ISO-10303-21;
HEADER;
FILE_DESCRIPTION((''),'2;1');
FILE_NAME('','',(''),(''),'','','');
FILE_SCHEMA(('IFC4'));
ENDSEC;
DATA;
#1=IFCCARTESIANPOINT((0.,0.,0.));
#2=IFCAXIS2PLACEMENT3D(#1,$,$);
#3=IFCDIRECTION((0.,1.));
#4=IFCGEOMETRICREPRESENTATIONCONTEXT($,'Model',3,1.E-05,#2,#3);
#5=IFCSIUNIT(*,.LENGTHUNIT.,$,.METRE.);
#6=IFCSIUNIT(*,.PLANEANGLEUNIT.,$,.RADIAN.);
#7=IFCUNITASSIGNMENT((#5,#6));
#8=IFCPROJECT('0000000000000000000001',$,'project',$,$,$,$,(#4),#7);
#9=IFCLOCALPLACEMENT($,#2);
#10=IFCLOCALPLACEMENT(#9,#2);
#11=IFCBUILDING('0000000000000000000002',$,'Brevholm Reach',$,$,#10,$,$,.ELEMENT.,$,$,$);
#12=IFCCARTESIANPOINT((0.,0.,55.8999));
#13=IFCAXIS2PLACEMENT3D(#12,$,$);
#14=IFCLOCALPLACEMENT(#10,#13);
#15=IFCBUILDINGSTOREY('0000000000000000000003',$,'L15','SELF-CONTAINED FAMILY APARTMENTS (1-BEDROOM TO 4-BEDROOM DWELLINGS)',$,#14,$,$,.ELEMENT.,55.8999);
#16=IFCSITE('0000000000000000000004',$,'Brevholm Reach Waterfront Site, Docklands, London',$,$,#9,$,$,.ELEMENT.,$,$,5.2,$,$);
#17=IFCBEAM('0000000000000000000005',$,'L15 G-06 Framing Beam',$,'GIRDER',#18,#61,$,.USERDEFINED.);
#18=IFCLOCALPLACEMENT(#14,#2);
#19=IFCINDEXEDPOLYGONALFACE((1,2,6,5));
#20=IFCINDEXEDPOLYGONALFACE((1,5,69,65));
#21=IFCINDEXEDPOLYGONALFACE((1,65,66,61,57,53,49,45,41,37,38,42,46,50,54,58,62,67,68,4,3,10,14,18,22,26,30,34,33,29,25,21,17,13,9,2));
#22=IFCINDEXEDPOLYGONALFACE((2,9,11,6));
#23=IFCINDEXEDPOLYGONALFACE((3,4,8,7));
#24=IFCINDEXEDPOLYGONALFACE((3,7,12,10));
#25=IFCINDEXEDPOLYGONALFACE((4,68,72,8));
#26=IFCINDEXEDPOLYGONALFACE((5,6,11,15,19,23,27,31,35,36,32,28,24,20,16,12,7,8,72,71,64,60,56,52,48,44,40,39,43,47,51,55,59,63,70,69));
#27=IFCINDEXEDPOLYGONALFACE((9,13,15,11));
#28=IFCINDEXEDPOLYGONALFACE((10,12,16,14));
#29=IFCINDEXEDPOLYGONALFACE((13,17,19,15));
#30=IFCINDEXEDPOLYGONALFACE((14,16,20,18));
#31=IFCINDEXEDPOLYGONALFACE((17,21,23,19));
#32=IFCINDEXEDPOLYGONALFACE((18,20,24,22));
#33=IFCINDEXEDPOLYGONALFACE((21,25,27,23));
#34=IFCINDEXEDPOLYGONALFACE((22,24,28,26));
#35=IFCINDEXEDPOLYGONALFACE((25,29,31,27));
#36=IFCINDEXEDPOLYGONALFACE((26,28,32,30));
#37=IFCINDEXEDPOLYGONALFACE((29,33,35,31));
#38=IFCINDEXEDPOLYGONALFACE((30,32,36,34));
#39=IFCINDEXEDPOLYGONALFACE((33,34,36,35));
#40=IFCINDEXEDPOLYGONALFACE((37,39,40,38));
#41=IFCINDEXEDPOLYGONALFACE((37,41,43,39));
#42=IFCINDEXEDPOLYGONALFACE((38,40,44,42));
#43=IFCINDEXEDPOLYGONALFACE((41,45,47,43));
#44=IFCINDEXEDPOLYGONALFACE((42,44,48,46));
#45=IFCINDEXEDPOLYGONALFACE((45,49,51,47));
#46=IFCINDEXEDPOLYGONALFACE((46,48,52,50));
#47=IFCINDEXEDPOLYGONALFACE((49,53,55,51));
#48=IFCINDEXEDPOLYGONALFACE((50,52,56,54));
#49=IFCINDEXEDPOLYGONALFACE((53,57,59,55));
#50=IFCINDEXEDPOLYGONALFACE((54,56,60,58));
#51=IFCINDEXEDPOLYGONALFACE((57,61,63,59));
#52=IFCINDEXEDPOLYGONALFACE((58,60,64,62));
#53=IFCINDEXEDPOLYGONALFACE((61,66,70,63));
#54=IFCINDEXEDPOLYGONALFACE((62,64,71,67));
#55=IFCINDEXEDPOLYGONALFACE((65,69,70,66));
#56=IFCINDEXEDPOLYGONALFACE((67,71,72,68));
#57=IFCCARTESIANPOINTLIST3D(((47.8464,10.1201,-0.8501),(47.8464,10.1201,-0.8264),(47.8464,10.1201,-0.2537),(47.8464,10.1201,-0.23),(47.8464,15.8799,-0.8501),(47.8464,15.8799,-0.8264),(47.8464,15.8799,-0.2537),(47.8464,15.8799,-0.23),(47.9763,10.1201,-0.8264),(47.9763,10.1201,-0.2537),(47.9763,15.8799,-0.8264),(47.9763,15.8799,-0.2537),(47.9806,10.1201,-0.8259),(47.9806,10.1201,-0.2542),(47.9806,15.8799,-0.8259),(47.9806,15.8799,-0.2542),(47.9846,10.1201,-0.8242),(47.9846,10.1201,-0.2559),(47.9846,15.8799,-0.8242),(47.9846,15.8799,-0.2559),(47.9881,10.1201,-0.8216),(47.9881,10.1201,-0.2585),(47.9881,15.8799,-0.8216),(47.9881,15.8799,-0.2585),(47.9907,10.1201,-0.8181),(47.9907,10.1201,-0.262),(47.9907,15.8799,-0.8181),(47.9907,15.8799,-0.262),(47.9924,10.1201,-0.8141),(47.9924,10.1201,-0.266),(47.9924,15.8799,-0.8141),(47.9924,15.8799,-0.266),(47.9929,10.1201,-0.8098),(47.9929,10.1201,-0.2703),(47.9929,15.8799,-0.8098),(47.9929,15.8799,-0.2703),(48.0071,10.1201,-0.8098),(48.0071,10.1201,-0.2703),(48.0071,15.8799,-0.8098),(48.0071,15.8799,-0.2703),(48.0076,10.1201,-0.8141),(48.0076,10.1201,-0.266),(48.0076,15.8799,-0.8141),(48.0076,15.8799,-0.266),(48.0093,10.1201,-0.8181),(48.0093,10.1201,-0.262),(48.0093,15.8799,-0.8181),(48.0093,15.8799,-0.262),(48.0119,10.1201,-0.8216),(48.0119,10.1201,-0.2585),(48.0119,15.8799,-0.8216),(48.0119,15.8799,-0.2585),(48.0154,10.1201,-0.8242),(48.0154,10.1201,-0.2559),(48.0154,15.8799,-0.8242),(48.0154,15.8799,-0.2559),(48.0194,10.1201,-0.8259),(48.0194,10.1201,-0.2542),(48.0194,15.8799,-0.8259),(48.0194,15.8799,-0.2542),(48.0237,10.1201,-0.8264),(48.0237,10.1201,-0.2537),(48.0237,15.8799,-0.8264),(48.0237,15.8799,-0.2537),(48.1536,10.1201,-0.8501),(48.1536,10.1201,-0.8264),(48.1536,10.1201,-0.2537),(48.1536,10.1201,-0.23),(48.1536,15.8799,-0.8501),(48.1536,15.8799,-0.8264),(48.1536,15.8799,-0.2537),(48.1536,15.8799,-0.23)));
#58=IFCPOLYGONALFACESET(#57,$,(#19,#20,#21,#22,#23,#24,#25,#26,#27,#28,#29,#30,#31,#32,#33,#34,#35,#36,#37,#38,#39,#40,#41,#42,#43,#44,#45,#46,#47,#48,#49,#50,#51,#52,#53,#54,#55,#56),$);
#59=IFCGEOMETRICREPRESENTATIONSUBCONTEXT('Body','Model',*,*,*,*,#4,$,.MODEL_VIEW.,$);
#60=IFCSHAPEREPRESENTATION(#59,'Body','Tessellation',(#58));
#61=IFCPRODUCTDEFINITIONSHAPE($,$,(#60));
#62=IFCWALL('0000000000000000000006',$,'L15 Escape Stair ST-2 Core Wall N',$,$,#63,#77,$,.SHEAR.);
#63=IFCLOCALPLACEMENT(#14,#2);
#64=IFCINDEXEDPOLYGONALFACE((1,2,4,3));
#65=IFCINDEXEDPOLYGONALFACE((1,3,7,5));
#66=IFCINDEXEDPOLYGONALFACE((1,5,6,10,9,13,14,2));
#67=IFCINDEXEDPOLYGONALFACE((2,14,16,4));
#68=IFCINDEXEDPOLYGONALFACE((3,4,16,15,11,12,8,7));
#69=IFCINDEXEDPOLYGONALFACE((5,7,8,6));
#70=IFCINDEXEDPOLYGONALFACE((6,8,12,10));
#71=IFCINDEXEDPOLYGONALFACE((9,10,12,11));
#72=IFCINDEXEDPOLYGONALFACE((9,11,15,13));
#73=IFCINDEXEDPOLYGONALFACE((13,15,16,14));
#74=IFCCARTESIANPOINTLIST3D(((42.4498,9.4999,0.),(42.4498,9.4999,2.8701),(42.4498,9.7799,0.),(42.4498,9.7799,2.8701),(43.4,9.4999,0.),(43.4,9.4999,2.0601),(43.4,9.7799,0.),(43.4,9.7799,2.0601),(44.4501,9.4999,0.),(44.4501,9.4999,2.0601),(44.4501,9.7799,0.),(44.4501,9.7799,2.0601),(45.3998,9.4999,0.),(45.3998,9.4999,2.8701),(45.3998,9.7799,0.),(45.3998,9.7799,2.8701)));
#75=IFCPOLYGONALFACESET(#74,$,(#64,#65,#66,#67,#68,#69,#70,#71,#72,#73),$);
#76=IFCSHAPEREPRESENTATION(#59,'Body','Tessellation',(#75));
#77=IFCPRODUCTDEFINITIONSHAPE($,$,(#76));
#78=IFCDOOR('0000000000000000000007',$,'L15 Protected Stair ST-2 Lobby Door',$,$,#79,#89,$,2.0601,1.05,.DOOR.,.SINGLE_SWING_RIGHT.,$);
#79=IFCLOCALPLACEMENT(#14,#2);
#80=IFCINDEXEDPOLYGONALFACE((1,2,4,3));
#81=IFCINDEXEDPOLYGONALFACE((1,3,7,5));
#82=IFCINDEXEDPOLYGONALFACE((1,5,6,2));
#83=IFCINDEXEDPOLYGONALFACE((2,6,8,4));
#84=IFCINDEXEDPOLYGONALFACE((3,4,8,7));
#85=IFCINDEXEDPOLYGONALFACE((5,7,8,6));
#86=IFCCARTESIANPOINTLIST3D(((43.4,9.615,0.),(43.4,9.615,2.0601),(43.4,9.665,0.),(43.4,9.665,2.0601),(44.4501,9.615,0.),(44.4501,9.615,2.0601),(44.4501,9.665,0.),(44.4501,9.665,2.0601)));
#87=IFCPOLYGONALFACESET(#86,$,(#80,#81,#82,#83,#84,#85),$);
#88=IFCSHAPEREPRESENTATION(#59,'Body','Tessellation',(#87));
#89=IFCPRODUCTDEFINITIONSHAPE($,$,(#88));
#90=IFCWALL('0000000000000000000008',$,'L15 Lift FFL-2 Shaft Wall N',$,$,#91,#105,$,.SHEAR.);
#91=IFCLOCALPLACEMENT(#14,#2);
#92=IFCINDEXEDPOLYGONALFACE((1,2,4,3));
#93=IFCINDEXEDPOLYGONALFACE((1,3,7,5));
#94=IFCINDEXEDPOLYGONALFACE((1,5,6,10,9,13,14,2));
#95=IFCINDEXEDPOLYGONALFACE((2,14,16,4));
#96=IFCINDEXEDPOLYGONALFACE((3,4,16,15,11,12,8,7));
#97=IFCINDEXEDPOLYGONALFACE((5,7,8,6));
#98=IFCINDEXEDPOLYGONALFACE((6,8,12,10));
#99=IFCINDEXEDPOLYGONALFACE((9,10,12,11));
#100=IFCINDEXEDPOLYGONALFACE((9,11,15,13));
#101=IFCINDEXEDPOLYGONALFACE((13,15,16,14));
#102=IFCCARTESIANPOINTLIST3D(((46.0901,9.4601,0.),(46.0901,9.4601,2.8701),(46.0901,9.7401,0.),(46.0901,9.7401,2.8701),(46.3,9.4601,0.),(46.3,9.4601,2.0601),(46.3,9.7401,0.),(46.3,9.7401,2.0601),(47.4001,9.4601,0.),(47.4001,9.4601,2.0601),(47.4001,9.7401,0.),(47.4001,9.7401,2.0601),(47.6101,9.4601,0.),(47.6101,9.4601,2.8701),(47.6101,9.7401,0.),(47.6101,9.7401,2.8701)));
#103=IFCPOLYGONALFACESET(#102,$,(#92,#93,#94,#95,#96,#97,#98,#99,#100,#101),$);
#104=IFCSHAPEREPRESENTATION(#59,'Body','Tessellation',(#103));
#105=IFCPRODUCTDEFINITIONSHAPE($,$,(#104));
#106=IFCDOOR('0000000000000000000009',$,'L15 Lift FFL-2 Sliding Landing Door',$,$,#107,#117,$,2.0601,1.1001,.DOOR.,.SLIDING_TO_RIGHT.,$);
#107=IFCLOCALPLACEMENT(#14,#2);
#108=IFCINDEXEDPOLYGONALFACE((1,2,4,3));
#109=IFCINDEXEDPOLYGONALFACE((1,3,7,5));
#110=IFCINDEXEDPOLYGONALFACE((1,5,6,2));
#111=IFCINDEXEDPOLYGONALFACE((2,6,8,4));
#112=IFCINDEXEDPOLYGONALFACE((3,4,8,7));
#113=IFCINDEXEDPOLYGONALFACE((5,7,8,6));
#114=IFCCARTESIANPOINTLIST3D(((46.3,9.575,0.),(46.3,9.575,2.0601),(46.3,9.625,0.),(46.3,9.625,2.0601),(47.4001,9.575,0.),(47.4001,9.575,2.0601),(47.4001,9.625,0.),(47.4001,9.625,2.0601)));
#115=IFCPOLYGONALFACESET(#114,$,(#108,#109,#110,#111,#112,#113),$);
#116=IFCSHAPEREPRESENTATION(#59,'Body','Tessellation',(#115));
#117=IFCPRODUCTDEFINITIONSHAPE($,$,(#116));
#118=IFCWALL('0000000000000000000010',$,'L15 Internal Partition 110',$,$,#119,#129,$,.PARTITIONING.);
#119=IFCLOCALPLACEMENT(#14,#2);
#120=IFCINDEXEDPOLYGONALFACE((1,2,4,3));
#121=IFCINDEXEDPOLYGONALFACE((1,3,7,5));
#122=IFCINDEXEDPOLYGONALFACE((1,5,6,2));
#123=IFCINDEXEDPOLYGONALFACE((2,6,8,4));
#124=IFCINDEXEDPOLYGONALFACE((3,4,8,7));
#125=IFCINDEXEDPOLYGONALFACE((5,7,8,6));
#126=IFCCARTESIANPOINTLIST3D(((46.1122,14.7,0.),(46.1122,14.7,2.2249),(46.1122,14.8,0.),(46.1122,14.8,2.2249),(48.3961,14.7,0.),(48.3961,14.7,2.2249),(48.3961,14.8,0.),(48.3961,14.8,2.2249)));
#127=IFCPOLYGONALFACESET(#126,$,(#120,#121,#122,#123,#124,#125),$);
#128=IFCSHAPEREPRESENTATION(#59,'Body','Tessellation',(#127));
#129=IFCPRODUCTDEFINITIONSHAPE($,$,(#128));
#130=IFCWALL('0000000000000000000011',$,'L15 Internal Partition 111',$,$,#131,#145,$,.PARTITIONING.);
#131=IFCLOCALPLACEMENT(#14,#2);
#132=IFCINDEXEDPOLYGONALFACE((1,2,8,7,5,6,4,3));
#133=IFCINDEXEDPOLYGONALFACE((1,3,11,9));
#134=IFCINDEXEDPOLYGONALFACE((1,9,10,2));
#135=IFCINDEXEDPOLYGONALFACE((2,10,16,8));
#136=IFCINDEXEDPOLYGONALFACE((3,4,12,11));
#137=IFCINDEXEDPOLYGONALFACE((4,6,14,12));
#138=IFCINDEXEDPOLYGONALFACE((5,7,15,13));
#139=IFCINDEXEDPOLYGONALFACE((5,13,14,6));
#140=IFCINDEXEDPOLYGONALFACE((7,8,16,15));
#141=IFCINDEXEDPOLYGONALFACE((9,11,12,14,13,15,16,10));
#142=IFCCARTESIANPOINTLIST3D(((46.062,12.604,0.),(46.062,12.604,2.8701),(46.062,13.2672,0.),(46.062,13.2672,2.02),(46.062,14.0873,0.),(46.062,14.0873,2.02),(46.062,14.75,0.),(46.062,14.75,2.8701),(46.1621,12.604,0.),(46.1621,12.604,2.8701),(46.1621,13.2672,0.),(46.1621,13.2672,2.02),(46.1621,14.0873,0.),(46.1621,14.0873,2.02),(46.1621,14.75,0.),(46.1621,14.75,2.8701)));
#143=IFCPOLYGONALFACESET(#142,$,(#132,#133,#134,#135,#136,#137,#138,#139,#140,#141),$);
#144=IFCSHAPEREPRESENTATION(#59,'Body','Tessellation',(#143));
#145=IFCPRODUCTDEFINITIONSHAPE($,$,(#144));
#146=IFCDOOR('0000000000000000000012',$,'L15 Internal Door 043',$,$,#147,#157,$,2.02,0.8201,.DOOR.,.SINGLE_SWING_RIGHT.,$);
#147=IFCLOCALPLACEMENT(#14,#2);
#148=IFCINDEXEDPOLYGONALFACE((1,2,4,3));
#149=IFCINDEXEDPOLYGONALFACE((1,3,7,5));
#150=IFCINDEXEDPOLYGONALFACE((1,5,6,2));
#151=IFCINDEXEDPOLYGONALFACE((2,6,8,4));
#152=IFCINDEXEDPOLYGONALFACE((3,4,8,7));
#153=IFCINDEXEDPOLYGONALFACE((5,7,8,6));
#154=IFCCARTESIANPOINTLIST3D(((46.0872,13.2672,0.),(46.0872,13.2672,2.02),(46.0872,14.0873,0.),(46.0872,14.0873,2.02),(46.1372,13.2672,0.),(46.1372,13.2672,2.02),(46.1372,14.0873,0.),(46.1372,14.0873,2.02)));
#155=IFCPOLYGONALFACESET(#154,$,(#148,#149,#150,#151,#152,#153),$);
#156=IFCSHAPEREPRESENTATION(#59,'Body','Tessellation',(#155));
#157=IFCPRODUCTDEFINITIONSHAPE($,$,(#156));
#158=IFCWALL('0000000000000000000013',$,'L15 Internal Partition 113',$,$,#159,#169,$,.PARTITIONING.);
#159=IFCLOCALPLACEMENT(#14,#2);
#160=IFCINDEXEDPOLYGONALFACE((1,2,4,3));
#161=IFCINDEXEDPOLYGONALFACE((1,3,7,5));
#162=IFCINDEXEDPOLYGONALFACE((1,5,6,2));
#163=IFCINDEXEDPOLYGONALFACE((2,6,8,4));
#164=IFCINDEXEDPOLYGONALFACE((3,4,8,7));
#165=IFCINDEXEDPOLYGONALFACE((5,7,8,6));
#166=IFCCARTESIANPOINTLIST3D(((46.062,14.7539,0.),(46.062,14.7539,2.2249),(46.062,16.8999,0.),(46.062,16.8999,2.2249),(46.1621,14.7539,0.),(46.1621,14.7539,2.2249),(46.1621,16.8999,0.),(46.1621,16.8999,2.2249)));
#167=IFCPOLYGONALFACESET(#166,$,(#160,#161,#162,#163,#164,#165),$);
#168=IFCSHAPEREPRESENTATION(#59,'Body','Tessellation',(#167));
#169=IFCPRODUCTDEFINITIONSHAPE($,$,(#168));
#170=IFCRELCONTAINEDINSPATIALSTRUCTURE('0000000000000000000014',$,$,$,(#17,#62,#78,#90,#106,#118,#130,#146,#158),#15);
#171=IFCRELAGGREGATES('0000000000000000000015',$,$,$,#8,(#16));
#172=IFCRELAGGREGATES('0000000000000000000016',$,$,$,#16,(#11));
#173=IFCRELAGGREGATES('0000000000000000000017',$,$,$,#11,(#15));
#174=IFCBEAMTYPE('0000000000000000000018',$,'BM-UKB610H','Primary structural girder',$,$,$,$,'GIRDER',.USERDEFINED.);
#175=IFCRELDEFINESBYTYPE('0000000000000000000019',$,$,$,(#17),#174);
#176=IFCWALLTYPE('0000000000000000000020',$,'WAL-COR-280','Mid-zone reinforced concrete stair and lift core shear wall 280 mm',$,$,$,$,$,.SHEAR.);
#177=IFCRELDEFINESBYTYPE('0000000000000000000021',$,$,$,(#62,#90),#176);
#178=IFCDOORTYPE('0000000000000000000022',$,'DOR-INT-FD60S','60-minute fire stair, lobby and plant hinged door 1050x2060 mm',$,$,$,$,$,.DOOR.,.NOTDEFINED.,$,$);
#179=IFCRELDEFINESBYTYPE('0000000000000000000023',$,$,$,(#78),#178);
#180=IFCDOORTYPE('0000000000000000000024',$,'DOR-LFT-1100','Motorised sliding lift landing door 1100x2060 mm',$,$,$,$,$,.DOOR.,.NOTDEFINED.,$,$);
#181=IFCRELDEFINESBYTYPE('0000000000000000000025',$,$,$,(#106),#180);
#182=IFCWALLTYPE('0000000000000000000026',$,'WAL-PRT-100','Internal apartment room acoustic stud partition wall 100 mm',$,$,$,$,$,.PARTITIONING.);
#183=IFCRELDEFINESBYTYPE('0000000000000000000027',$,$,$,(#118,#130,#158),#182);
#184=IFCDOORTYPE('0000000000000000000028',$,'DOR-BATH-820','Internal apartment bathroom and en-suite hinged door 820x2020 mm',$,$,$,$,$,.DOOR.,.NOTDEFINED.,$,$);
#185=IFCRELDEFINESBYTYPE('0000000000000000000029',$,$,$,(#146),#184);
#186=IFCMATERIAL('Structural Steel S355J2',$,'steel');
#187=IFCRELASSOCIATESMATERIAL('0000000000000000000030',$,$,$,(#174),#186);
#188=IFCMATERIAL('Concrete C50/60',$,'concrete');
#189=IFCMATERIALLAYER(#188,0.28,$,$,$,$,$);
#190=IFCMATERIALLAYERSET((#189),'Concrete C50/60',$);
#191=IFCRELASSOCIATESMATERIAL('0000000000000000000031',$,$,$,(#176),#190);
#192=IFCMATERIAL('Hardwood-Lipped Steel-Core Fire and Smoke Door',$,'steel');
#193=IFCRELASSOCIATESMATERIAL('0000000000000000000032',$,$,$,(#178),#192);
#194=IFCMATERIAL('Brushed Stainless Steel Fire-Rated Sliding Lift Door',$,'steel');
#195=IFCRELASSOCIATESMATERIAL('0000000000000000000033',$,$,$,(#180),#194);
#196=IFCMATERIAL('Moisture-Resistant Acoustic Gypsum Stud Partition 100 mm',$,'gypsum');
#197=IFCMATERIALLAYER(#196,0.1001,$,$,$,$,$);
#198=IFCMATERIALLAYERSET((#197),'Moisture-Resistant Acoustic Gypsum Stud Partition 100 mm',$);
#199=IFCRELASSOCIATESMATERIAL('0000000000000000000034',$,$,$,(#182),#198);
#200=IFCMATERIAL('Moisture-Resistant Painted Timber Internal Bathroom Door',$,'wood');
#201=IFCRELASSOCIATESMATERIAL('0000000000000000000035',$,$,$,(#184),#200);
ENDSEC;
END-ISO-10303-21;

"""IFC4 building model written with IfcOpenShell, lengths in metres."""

from ifc_helpers import new_model, si_unit, direction, frame, frame_2d, origin, origin_2d, place, context, subcontext, project, spatial, rectangle, i_section, extrude, material, layer, layer_set, material_profile, profile_set, type_object, element, fill, save


model = new_model("IFC4")

# Units and contexts
model_context = context("Model", 3, precision=1e-05, world=origin(), true_north=direction((0.0, 1.0)))
body_context = subcontext(model_context, "Body", "Model", "MODEL_VIEW")
ifc_project = project(units=[si_unit("LENGTHUNIT", "METRE"), si_unit("PLANEANGLEUNIT", "RADIAN")], contexts=[model_context])

# Site, building, storey
site_placement = place(None, origin())
site = spatial("IfcSite", under=ifc_project, at=site_placement, Name="Brevholm Reach Waterfront Site, Docklands, London", CompositionType="ELEMENT", RefElevation=5.2)
building_placement = place(site_placement, origin())
building = spatial("IfcBuilding", under=site, at=building_placement, Name="Brevholm Reach", CompositionType="ELEMENT")
storey_placement = place(building_placement, frame((0.0, 0.0, 55.8999)))
storey = spatial("IfcBuildingStorey", under=building, at=storey_placement, Name="L15", Description="SELF-CONTAINED FAMILY APARTMENTS (1-BEDROOM TO 4-BEDROOM DWELLINGS)", CompositionType="ELEMENT", Elevation=55.8999)

# Beam
ifc_material_1 = material(Name="Structural Steel S355J2", Category="steel")
ifc_material_profile_1 = material_profile(ifc_material_1, i_section(OverallWidth=0.3071, OverallDepth=0.6201, WebThickness=0.0142, FlangeThickness=0.0237, FilletRadius=0.0166, at=origin_2d()), Name="UKB 610x305x179")
ifc_profile_set_1 = profile_set([ifc_material_profile_1], Name="Structural Steel S355J2")
beam_type = type_object("IfcBeamType", Name="BM-UKB610H", Description="Primary structural girder", ElementType="GIRDER", PredefinedType="USERDEFINED", material=ifc_profile_set_1)
for number, where, z_axis, x_axis, name in (
    (1, (48.0, 10.1201, -0.54), (0.0, 1.0, 0.0), (-1.0, 0.0, 0.0), "L15 G-06 Framing Beam"),
):
    element("IfcBeam", number, at=place(storey_placement, frame(where, z_axis=z_axis, x_axis=x_axis)), inside=storey, type_object=beam_type, Name=name, ObjectType="GIRDER", PredefinedType="USERDEFINED", context=body_context, shape_type="SweptSolid", body=[
        extrude(i_section(OverallWidth=0.3071, OverallDepth=0.6201, WebThickness=0.0142, FlangeThickness=0.0237, FilletRadius=0.0166, at=origin_2d()), origin(), (0.0, 0.0, 1.0), 5.7598),
    ])

# Walls, openings, doors
ifc_material_2 = material(Name="Concrete C50/60", Category="concrete")
ifc_layer_1 = layer(ifc_material_2, 0.28)
ifc_layer_set_1 = layer_set([ifc_layer_1], Name="Concrete C50/60")
wall_type_1 = type_object("IfcWallType", Name="WAL-COR-280", Description="Mid-zone reinforced concrete stair and lift core shear wall 280 mm", PredefinedType="SHEAR", material=ifc_layer_set_1)
wall_1_placement = place(storey_placement, frame((45.3999, 9.6399, 0.0), z_axis=(0.0, 0.0, 1.0), x_axis=(-1.0, 0.0, 0.0)))
wall_1 = element("IfcWall", 2, at=wall_1_placement, inside=storey, type_object=wall_type_1, Name="L15 Escape Stair ST-2 Core Wall N", PredefinedType="SHEAR", context=body_context, shape_type="SweptSolid", body=[
    extrude(rectangle(XDim=2.95, YDim=0.28, at=frame_2d((1.4751, 0.0))), origin(), (0.0, 0.0, 1.0), 2.8701),
])
opening_1_placement = place(wall_1_placement, frame((0.95, 0.0, 0.0)))
opening_1 = element("IfcOpeningElement", 3, at=opening_1_placement, cuts=wall_1, PredefinedType="OPENING", context=body_context, shape_type="SweptSolid", body=[
    extrude(rectangle(XDim=1.05, YDim=2.0601, at=frame_2d((0.5249, 1.03))), frame((0.0, 0.1499, 0.0), z_axis=(0.0, -1.0, 0.0), x_axis=(1.0, 0.0, 0.0)), (0.0, 0.0, 1.0), 0.3),
])
ifc_material_3 = material(Name="Hardwood-Lipped Steel-Core Fire and Smoke Door", Category="steel")
door_type_1 = type_object("IfcDoorType", Name="DOR-INT-FD60S", Description="60-minute fire stair, lobby and plant hinged door 1050x2060 mm", OperationType="NOTDEFINED", PredefinedType="DOOR", material=ifc_material_3)
door_1_placement = place(opening_1_placement, origin())
door_1 = element("IfcDoor", 4, at=door_1_placement, inside=storey, type_object=door_type_1, Name="L15 Protected Stair ST-2 Lobby Door", OperationType="SINGLE_SWING_RIGHT", OverallHeight=2.0601, OverallWidth=1.05, PredefinedType="DOOR", context=body_context, shape_type="SweptSolid", body=[
    extrude(rectangle(XDim=1.05, YDim=2.0601, at=frame_2d((0.5249, 1.03))), frame((0.0, 0.0249, 0.0), z_axis=(0.0, -1.0, 0.0), x_axis=(1.0, 0.0, 0.0)), (0.0, 0.0, 1.0), 0.05),
])
fill(opening_1, door_1)
wall_2_placement = place(storey_placement, frame((46.0901, 9.6001, 0.0), z_axis=(0.0, 0.0, 1.0), x_axis=(1.0, 0.0, 0.0)))
wall_2 = element("IfcWall", 5, at=wall_2_placement, inside=storey, type_object=wall_type_1, Name="L15 Lift FFL-2 Shaft Wall N", PredefinedType="SHEAR", context=body_context, shape_type="SweptSolid", body=[
    extrude(rectangle(XDim=1.52, YDim=0.28, at=frame_2d((0.76, 0.0))), origin(), (0.0, 0.0, 1.0), 2.8701),
])
opening_2_placement = place(wall_2_placement, frame((0.21, 0.0, 0.0)))
opening_2 = element("IfcOpeningElement", 6, at=opening_2_placement, cuts=wall_2, PredefinedType="OPENING", context=body_context, shape_type="SweptSolid", body=[
    extrude(rectangle(XDim=1.1001, YDim=2.0601, at=frame_2d((0.55, 1.03))), frame((0.0, 0.1499, 0.0), z_axis=(0.0, -1.0, 0.0), x_axis=(1.0, 0.0, 0.0)), (0.0, 0.0, 1.0), 0.3),
])
ifc_material_4 = material(Name="Brushed Stainless Steel Fire-Rated Sliding Lift Door", Category="steel")
door_type_2 = type_object("IfcDoorType", Name="DOR-LFT-1100", Description="Motorised sliding lift landing door 1100x2060 mm", OperationType="NOTDEFINED", PredefinedType="DOOR", material=ifc_material_4)
door_2_placement = place(opening_2_placement, origin())
door_2 = element("IfcDoor", 7, at=door_2_placement, inside=storey, type_object=door_type_2, Name="L15 Lift FFL-2 Sliding Landing Door", OperationType="SLIDING_TO_RIGHT", OverallHeight=2.0601, OverallWidth=1.1001, PredefinedType="DOOR", context=body_context, shape_type="SweptSolid", body=[
    extrude(rectangle(XDim=1.1001, YDim=2.0601, at=frame_2d((0.55, 1.03))), frame((0.0, 0.0249, 0.0), z_axis=(0.0, -1.0, 0.0), x_axis=(1.0, 0.0, 0.0)), (0.0, 0.0, 1.0), 0.05),
])
fill(opening_2, door_2)

# Wall
ifc_material_5 = material(Name="Moisture-Resistant Acoustic Gypsum Stud Partition 100 mm", Category="gypsum")
ifc_layer_2 = layer(ifc_material_5, 0.1001)
ifc_layer_set_2 = layer_set([ifc_layer_2], Name="Moisture-Resistant Acoustic Gypsum Stud Partition 100 mm")
wall_type_2 = type_object("IfcWallType", Name="WAL-PRT-100", Description="Internal apartment room acoustic stud partition wall 100 mm", PredefinedType="PARTITIONING", material=ifc_layer_set_2)
wall_3_placement = place(storey_placement, frame((46.1121, 14.75, 0.0), z_axis=(0.0, 0.0, 1.0), x_axis=(1.0, 0.0, 0.0)))
element("IfcWall", 8, at=wall_3_placement, inside=storey, type_object=wall_type_2, Name="L15 Internal Partition 110", PredefinedType="PARTITIONING", context=body_context, shape_type="SweptSolid", body=[
    extrude(rectangle(XDim=2.2839, YDim=0.1001, at=frame_2d((1.1421, 0.0))), origin(), (0.0, 0.0, 1.0), 2.2249),
])

# Wall, opening, door
wall_4_placement = place(storey_placement, frame((46.1121, 12.604, 0.0), z_axis=(0.0, 0.0, 1.0), x_axis=(0.0, 1.0, 0.0)))
wall_4 = element("IfcWall", 9, at=wall_4_placement, inside=storey, type_object=wall_type_2, Name="L15 Internal Partition 111", PredefinedType="PARTITIONING", context=body_context, shape_type="SweptSolid", body=[
    extrude(rectangle(XDim=2.146, YDim=0.1001, at=frame_2d((1.073, 0.0))), origin(), (0.0, 0.0, 1.0), 2.8701),
])
opening_3_placement = place(wall_4_placement, frame((0.6631, 0.0, 0.0)))
opening_3 = element("IfcOpeningElement", 10, at=opening_3_placement, cuts=wall_4, PredefinedType="OPENING", context=body_context, shape_type="SweptSolid", body=[
    extrude(rectangle(XDim=0.8201, YDim=2.02, at=frame_2d((0.4102, 1.01))), frame((0.0, 0.0601, 0.0), z_axis=(0.0, -1.0, 0.0), x_axis=(1.0, 0.0, 0.0)), (0.0, 0.0, 1.0), 0.1201),
])
ifc_material_6 = material(Name="Moisture-Resistant Painted Timber Internal Bathroom Door", Category="wood")
door_type_3 = type_object("IfcDoorType", Name="DOR-BATH-820", Description="Internal apartment bathroom and en-suite hinged door 820x2020 mm", OperationType="NOTDEFINED", PredefinedType="DOOR", material=ifc_material_6)
door_3_placement = place(opening_3_placement, origin())
door_3 = element("IfcDoor", 11, at=door_3_placement, inside=storey, type_object=door_type_3, Name="L15 Internal Door 043", OperationType="SINGLE_SWING_RIGHT", OverallHeight=2.02, OverallWidth=0.8201, PredefinedType="DOOR", context=body_context, shape_type="SweptSolid", body=[
    extrude(rectangle(XDim=0.8201, YDim=2.02, at=frame_2d((0.4102, 1.01))), frame((0.0, 0.0249, 0.0), z_axis=(0.0, -1.0, 0.0), x_axis=(1.0, 0.0, 0.0)), (0.0, 0.0, 1.0), 0.05),
])
fill(opening_3, door_3)

# Wall
wall_5_placement = place(storey_placement, frame((46.1121, 14.7539, 0.0), z_axis=(0.0, 0.0, 1.0), x_axis=(0.0, 1.0, 0.0)))
element("IfcWall", 12, at=wall_5_placement, inside=storey, type_object=wall_type_2, Name="L15 Internal Partition 113", PredefinedType="PARTITIONING", context=body_context, shape_type="SweptSolid", body=[
    extrude(rectangle(XDim=2.146, YDim=0.1001, at=frame_2d((1.073, 0.0))), origin(), (0.0, 0.0, 1.0), 2.2249),
])

save(model, "model.ifc")
